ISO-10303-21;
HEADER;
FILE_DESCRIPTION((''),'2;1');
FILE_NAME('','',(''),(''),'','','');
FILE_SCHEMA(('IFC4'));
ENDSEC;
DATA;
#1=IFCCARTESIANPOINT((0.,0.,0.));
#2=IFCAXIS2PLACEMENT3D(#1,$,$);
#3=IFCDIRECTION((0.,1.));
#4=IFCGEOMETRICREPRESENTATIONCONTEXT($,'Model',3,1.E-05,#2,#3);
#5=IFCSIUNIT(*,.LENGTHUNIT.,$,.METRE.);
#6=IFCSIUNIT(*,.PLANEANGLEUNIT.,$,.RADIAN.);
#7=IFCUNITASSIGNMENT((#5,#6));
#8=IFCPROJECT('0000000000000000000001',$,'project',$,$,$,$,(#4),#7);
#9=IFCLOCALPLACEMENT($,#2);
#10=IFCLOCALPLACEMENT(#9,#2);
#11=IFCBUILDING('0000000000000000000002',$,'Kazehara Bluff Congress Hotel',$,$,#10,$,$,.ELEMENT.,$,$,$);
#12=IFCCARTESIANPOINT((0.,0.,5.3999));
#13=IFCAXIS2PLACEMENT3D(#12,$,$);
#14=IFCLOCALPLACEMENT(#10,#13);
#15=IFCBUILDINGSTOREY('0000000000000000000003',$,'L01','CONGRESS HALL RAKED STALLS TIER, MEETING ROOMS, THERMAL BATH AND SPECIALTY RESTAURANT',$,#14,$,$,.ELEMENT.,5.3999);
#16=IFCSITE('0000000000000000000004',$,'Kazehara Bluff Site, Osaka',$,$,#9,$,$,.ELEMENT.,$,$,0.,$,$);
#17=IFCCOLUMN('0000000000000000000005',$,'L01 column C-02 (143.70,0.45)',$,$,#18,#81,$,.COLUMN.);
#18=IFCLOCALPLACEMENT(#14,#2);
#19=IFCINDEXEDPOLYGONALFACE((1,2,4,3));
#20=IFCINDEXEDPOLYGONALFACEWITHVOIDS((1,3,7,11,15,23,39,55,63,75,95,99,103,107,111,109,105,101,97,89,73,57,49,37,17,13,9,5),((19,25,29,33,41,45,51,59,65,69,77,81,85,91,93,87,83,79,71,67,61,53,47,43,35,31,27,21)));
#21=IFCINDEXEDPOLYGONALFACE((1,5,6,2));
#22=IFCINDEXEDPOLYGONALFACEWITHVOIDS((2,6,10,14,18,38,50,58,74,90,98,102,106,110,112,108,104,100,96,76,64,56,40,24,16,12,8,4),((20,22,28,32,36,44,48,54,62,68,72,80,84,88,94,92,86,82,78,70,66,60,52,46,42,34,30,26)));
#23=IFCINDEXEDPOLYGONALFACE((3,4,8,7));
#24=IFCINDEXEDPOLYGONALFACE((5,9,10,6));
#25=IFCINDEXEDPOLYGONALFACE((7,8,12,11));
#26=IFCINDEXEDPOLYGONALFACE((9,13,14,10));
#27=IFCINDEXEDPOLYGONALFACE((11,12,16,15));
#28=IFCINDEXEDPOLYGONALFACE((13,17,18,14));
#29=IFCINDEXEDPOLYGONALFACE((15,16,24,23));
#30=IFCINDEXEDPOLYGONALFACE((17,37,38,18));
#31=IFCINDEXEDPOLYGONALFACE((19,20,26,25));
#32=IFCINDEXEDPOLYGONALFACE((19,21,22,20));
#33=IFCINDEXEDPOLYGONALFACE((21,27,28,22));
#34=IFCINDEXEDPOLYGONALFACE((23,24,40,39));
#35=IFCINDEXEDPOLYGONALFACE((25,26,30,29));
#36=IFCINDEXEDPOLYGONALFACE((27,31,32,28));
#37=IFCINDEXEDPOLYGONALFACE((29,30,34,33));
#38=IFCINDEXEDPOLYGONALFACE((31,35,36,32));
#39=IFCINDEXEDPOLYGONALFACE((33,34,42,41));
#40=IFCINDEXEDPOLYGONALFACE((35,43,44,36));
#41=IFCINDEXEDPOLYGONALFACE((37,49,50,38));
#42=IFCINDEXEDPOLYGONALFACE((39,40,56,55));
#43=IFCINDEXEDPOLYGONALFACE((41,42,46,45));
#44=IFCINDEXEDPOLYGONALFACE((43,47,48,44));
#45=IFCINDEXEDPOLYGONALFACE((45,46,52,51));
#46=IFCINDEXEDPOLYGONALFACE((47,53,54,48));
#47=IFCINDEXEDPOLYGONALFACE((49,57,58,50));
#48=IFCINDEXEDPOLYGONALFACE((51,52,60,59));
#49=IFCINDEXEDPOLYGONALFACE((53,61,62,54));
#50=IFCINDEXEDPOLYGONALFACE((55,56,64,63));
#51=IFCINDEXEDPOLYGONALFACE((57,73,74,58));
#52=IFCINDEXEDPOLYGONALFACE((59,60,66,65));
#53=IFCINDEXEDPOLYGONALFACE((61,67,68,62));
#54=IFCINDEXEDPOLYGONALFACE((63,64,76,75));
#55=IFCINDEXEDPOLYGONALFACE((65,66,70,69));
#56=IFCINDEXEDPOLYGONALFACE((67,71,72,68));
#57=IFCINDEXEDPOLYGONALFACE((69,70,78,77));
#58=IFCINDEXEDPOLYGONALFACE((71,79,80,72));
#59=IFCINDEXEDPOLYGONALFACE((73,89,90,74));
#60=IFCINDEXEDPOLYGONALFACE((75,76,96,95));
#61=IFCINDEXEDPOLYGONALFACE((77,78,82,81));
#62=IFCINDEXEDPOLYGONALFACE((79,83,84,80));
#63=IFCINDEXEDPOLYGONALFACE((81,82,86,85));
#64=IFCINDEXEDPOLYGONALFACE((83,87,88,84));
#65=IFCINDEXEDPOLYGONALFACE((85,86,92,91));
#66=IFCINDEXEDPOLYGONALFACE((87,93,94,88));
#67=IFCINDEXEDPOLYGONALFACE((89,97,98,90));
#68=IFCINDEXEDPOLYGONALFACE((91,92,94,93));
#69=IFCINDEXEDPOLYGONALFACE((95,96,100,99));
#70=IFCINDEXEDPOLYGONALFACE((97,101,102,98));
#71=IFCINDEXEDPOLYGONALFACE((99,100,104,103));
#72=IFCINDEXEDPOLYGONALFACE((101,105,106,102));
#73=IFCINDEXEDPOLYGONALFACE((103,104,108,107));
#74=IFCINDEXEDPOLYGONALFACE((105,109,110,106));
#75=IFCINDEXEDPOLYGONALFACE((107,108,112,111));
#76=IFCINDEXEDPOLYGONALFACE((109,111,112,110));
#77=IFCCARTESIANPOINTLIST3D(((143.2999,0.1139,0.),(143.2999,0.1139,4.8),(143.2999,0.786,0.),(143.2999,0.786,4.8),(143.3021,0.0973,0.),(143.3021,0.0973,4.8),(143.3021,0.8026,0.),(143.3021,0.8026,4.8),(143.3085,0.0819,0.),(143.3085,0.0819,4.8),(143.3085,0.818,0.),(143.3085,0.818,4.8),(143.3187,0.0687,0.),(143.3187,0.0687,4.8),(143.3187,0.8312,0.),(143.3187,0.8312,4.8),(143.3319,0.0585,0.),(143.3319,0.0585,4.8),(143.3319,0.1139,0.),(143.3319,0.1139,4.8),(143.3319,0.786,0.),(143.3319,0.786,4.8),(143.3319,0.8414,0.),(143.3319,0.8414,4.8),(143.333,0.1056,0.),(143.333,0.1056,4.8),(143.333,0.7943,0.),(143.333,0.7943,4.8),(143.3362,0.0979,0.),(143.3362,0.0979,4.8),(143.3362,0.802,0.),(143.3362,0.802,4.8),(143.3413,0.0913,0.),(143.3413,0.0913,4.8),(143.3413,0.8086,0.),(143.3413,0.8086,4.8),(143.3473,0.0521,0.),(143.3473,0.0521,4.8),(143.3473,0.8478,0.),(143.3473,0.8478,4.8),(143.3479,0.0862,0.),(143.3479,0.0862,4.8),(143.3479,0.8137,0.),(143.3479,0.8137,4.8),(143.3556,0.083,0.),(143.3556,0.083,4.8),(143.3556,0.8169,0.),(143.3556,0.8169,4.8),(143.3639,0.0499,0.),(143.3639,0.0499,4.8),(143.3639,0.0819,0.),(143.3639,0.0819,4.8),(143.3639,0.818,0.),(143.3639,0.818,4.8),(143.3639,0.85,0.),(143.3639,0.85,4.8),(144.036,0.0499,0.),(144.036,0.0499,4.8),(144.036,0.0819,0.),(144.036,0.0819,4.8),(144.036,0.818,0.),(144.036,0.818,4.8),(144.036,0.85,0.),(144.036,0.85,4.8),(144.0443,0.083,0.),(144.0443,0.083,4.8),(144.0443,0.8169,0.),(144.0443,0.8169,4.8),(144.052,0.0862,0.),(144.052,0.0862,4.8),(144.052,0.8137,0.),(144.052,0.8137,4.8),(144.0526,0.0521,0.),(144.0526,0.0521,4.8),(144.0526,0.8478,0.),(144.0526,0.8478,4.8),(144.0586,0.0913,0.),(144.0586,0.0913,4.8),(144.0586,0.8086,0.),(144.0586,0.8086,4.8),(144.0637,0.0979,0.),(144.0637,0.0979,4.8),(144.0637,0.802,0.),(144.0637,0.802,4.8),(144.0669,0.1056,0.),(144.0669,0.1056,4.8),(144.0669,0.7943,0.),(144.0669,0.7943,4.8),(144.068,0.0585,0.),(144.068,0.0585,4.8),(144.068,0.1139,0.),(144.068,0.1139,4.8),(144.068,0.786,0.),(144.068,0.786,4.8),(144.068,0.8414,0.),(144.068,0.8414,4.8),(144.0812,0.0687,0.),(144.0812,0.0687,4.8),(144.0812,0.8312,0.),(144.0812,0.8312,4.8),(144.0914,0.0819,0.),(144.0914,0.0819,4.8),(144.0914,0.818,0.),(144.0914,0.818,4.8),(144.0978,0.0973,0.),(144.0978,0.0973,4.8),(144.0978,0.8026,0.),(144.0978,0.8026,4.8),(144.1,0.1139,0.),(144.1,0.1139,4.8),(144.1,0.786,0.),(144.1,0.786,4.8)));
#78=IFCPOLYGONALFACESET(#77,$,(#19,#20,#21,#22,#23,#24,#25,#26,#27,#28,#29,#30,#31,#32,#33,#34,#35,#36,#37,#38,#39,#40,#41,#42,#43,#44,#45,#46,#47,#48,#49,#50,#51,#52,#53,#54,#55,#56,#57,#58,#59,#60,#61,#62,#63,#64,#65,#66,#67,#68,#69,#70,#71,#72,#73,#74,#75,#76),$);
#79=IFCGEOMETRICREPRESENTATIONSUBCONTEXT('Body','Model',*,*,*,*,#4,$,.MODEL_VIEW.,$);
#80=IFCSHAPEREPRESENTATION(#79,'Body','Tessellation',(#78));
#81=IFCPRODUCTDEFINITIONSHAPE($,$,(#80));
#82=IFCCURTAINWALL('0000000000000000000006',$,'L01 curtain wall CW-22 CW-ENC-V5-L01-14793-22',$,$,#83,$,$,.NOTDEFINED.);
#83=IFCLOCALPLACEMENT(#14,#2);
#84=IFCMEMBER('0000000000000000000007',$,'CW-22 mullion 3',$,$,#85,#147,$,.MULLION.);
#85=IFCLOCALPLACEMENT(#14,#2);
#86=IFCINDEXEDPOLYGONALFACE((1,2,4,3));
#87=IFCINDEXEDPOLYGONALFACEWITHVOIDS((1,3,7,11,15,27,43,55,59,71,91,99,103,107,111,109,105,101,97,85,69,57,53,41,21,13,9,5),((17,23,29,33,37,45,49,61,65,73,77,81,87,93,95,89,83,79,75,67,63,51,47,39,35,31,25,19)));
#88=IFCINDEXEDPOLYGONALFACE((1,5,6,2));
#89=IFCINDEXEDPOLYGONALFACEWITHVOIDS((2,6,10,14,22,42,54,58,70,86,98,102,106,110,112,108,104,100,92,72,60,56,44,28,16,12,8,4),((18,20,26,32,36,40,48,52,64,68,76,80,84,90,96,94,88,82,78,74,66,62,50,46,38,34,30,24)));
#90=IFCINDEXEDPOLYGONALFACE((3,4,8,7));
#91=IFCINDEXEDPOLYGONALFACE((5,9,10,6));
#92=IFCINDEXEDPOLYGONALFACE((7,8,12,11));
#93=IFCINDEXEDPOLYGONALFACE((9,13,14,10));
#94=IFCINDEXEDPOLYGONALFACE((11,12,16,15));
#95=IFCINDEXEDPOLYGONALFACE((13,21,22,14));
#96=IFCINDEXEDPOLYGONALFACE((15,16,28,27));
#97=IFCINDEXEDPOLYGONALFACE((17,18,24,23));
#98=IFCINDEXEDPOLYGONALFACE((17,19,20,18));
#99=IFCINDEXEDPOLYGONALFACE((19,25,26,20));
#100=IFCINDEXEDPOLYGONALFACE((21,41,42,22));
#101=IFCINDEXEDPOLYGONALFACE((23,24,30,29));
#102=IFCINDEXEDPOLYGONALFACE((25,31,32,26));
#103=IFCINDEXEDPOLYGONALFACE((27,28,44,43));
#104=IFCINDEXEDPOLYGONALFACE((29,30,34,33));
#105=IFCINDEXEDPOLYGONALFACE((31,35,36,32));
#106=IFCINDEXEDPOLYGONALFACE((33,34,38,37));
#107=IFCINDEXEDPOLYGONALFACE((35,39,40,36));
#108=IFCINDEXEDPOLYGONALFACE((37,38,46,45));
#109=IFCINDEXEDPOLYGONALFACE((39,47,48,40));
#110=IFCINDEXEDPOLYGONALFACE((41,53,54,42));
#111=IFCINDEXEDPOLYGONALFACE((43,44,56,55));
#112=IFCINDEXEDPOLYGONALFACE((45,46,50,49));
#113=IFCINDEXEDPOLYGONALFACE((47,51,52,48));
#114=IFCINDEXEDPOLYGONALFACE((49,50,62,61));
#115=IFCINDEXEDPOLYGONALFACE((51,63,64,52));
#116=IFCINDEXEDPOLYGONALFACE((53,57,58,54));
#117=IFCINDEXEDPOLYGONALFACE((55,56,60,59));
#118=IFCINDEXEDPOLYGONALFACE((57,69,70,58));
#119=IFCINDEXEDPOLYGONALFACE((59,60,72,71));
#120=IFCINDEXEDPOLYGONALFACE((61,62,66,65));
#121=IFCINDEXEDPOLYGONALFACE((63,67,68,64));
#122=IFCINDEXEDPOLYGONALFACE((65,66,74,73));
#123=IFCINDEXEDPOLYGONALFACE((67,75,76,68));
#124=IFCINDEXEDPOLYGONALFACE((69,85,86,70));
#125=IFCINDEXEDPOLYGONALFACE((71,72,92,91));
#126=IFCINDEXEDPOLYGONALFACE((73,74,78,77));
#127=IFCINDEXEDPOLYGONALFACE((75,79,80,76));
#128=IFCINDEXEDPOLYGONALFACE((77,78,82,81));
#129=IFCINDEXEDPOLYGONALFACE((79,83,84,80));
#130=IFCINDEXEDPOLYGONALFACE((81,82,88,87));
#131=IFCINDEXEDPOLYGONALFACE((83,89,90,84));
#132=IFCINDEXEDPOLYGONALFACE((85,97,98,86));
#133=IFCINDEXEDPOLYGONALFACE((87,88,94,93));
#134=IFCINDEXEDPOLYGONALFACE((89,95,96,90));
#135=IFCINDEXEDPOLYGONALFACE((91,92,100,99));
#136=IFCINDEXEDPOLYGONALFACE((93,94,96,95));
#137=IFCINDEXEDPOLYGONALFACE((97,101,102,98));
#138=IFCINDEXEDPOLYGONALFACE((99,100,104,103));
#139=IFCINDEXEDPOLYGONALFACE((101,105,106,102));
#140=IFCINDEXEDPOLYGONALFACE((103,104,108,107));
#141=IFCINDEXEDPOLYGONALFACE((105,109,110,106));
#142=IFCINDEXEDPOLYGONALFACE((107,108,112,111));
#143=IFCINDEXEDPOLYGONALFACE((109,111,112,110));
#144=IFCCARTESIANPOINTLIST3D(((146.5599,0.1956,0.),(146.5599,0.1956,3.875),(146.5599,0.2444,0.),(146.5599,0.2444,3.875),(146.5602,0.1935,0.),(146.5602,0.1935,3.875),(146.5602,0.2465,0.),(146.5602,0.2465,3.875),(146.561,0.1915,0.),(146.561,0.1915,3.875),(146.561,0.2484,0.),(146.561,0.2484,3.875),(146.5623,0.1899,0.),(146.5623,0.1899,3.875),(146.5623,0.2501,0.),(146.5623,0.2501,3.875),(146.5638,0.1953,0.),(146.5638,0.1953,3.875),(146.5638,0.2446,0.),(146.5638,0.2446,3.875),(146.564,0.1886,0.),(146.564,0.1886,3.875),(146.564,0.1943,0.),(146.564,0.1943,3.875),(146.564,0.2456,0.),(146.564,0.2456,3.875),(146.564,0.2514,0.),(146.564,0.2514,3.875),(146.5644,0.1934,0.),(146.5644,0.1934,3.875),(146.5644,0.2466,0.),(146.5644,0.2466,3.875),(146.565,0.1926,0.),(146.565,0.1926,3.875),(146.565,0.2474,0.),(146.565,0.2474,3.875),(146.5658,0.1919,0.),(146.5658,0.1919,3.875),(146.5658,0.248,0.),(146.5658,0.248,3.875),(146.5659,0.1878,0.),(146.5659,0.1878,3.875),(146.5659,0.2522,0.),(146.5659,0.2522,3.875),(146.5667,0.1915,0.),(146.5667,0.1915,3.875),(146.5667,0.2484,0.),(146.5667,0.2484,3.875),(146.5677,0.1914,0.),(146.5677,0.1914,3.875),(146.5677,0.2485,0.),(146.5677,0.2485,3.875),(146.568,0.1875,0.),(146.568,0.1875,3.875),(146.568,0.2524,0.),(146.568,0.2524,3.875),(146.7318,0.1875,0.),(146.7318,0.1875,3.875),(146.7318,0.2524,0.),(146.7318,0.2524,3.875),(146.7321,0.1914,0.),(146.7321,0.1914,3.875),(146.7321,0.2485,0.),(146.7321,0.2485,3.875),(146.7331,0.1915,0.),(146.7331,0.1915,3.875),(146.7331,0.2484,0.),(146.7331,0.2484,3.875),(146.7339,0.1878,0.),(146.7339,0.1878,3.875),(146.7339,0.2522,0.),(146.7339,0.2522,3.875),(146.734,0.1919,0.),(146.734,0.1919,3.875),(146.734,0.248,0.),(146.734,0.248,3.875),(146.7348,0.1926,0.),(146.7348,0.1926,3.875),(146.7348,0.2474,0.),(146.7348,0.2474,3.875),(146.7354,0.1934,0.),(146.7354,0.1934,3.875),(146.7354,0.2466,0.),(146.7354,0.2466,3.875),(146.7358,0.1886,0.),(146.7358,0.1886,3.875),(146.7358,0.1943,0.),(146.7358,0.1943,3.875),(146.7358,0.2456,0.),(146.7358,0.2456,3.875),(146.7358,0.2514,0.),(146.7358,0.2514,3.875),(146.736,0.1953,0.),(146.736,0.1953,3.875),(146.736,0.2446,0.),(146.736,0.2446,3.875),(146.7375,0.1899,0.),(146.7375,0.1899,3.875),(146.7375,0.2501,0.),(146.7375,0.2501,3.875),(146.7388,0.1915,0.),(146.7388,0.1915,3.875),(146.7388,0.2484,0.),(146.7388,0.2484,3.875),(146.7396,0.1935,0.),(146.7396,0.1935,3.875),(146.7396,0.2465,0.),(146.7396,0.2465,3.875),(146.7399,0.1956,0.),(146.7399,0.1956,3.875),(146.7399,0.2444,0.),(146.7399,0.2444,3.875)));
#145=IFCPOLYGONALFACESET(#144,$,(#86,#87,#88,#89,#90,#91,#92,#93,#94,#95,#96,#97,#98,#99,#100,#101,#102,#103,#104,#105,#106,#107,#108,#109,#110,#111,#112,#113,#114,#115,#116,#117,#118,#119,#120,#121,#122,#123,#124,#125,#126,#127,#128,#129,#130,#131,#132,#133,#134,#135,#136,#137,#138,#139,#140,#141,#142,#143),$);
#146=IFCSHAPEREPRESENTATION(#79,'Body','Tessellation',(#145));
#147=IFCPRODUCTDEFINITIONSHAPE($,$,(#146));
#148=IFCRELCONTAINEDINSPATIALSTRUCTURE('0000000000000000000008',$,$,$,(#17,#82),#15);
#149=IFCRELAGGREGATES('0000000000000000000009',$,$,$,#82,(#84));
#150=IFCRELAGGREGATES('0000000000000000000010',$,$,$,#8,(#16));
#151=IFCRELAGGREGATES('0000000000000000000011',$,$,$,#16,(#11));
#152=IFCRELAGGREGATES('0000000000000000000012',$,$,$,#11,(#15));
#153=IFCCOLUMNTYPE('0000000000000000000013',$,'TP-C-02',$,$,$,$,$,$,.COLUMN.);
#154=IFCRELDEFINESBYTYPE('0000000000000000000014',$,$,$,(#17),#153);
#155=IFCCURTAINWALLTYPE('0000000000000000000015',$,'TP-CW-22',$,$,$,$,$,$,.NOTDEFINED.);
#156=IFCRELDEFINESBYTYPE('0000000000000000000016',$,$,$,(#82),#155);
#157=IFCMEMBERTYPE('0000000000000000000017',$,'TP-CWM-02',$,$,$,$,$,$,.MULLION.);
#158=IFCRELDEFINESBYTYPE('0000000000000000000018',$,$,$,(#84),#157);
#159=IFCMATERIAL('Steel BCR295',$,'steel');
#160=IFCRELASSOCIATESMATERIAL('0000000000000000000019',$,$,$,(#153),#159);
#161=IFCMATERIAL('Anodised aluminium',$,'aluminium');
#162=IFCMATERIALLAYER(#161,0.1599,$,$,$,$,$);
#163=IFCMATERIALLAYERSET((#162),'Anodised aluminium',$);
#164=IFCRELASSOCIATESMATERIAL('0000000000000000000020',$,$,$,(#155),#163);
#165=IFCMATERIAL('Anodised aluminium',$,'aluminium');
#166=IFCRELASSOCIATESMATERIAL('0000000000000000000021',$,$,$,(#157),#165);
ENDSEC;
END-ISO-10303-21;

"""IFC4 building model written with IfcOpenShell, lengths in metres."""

from ifc_helpers import new_model, si_unit, direction, frame, origin, origin_2d, place, context, subcontext, project, spatial, hollow_rectangle, extrude, material, layer, layer_set, material_profile, profile_set, type_object, element, aggregate, save


model = new_model("IFC4")

# Units and contexts
model_context = context("Model", 3, precision=1e-05, world=origin(), true_north=direction((0.0, 1.0)))
body_context = subcontext(model_context, "Body", "Model", "MODEL_VIEW")
ifc_project = project(units=[si_unit("LENGTHUNIT", "METRE"), si_unit("PLANEANGLEUNIT", "RADIAN")], contexts=[model_context])

# Site, building, storey
site_placement = place(None, origin())
site = spatial("IfcSite", under=ifc_project, at=site_placement, Name="Kazehara Bluff Site, Osaka", CompositionType="ELEMENT", RefElevation=0.0)
building_placement = place(site_placement, origin())
building = spatial("IfcBuilding", under=site, at=building_placement, Name="Kazehara Bluff Congress Hotel", CompositionType="ELEMENT")
storey_placement = place(building_placement, frame((0.0, 0.0, 5.3999)))
storey = spatial("IfcBuildingStorey", under=building, at=storey_placement, Name="L01", Description="CONGRESS HALL RAKED STALLS TIER, MEETING ROOMS, THERMAL BATH AND SPECIALTY RESTAURANT", CompositionType="ELEMENT", Elevation=5.3999)

# Column
ifc_material_1 = material(Name="Steel BCR295", Category="steel")
ifc_material_profile_1 = material_profile(ifc_material_1, hollow_rectangle(XDim=0.8, YDim=0.8, WallThickness=0.032, InnerFilletRadius=0.032, OuterFilletRadius=0.064, at=origin_2d()))
ifc_profile_set_1 = profile_set([ifc_material_profile_1], Name="Steel BCR295")
column_type = type_object("IfcColumnType", Name="TP-C-02", PredefinedType="COLUMN", material=ifc_profile_set_1)
column_placement = place(storey_placement, frame((143.7, 0.45, 0.0), z_axis=(0.0, 0.0, 1.0), x_axis=(1.0, 0.0, 0.0)))
element("IfcColumn", 1, at=column_placement, inside=storey, type_object=column_type, Name="L01 column C-02 (143.70,0.45)", PredefinedType="COLUMN", context=body_context, shape_type="SweptSolid", body=[
    extrude(hollow_rectangle(XDim=0.8, YDim=0.8, WallThickness=0.032, InnerFilletRadius=0.032, OuterFilletRadius=0.064, at=origin_2d()), origin(), (0.0, 0.0, 1.0), 4.8),
])

# Curtain wall, member
ifc_material_2 = material(Name="Anodised aluminium", Category="aluminium")
ifc_layer_1 = layer(ifc_material_2, 0.1599)
ifc_layer_set_1 = layer_set([ifc_layer_1], Name="Anodised aluminium")
curtain_wall_type_1 = type_object("IfcCurtainWallType", Name="TP-CW-22", PredefinedType="NOTDEFINED", material=ifc_layer_set_1)
curtain_wall_1_placement = place(storey_placement, origin())
curtain_wall_1 = element("IfcCurtainWall", 2, at=curtain_wall_1_placement, inside=storey, type_object=curtain_wall_type_1, Name="L01 curtain wall CW-22 CW-ENC-V5-L01-14793-22", PredefinedType="NOTDEFINED")
ifc_material_3 = material(Name="Anodised aluminium", Category="aluminium")
ifc_material_profile_2 = material_profile(ifc_material_3, hollow_rectangle(XDim=0.0649, YDim=0.1799, WallThickness=0.0039, InnerFilletRadius=0.0039, OuterFilletRadius=0.0081, at=origin_2d()))
ifc_profile_set_2 = profile_set([ifc_material_profile_2], Name="Anodised aluminium")
member_type_1 = type_object("IfcMemberType", Name="TP-CWM-02", PredefinedType="MULLION", material=ifc_profile_set_2)
member_1_placement = place(storey_placement, frame((146.6499, 0.22, 0.0), z_axis=(0.0, 0.0, 1.0), x_axis=(0.0, -1.0, 0.0)))
member_1 = element("IfcMember", 3, at=member_1_placement, type_object=member_type_1, Name="CW-22 mullion 3", PredefinedType="MULLION", context=body_context, shape_type="SweptSolid", body=[
    extrude(hollow_rectangle(XDim=0.0649, YDim=0.1799, WallThickness=0.0039, InnerFilletRadius=0.0039, OuterFilletRadius=0.0081, at=origin_2d()), origin(), (0.0, 0.0, 1.0), 3.875),
])

aggregate(curtain_wall_1, [member_1])

save(model, "model.ifc")
